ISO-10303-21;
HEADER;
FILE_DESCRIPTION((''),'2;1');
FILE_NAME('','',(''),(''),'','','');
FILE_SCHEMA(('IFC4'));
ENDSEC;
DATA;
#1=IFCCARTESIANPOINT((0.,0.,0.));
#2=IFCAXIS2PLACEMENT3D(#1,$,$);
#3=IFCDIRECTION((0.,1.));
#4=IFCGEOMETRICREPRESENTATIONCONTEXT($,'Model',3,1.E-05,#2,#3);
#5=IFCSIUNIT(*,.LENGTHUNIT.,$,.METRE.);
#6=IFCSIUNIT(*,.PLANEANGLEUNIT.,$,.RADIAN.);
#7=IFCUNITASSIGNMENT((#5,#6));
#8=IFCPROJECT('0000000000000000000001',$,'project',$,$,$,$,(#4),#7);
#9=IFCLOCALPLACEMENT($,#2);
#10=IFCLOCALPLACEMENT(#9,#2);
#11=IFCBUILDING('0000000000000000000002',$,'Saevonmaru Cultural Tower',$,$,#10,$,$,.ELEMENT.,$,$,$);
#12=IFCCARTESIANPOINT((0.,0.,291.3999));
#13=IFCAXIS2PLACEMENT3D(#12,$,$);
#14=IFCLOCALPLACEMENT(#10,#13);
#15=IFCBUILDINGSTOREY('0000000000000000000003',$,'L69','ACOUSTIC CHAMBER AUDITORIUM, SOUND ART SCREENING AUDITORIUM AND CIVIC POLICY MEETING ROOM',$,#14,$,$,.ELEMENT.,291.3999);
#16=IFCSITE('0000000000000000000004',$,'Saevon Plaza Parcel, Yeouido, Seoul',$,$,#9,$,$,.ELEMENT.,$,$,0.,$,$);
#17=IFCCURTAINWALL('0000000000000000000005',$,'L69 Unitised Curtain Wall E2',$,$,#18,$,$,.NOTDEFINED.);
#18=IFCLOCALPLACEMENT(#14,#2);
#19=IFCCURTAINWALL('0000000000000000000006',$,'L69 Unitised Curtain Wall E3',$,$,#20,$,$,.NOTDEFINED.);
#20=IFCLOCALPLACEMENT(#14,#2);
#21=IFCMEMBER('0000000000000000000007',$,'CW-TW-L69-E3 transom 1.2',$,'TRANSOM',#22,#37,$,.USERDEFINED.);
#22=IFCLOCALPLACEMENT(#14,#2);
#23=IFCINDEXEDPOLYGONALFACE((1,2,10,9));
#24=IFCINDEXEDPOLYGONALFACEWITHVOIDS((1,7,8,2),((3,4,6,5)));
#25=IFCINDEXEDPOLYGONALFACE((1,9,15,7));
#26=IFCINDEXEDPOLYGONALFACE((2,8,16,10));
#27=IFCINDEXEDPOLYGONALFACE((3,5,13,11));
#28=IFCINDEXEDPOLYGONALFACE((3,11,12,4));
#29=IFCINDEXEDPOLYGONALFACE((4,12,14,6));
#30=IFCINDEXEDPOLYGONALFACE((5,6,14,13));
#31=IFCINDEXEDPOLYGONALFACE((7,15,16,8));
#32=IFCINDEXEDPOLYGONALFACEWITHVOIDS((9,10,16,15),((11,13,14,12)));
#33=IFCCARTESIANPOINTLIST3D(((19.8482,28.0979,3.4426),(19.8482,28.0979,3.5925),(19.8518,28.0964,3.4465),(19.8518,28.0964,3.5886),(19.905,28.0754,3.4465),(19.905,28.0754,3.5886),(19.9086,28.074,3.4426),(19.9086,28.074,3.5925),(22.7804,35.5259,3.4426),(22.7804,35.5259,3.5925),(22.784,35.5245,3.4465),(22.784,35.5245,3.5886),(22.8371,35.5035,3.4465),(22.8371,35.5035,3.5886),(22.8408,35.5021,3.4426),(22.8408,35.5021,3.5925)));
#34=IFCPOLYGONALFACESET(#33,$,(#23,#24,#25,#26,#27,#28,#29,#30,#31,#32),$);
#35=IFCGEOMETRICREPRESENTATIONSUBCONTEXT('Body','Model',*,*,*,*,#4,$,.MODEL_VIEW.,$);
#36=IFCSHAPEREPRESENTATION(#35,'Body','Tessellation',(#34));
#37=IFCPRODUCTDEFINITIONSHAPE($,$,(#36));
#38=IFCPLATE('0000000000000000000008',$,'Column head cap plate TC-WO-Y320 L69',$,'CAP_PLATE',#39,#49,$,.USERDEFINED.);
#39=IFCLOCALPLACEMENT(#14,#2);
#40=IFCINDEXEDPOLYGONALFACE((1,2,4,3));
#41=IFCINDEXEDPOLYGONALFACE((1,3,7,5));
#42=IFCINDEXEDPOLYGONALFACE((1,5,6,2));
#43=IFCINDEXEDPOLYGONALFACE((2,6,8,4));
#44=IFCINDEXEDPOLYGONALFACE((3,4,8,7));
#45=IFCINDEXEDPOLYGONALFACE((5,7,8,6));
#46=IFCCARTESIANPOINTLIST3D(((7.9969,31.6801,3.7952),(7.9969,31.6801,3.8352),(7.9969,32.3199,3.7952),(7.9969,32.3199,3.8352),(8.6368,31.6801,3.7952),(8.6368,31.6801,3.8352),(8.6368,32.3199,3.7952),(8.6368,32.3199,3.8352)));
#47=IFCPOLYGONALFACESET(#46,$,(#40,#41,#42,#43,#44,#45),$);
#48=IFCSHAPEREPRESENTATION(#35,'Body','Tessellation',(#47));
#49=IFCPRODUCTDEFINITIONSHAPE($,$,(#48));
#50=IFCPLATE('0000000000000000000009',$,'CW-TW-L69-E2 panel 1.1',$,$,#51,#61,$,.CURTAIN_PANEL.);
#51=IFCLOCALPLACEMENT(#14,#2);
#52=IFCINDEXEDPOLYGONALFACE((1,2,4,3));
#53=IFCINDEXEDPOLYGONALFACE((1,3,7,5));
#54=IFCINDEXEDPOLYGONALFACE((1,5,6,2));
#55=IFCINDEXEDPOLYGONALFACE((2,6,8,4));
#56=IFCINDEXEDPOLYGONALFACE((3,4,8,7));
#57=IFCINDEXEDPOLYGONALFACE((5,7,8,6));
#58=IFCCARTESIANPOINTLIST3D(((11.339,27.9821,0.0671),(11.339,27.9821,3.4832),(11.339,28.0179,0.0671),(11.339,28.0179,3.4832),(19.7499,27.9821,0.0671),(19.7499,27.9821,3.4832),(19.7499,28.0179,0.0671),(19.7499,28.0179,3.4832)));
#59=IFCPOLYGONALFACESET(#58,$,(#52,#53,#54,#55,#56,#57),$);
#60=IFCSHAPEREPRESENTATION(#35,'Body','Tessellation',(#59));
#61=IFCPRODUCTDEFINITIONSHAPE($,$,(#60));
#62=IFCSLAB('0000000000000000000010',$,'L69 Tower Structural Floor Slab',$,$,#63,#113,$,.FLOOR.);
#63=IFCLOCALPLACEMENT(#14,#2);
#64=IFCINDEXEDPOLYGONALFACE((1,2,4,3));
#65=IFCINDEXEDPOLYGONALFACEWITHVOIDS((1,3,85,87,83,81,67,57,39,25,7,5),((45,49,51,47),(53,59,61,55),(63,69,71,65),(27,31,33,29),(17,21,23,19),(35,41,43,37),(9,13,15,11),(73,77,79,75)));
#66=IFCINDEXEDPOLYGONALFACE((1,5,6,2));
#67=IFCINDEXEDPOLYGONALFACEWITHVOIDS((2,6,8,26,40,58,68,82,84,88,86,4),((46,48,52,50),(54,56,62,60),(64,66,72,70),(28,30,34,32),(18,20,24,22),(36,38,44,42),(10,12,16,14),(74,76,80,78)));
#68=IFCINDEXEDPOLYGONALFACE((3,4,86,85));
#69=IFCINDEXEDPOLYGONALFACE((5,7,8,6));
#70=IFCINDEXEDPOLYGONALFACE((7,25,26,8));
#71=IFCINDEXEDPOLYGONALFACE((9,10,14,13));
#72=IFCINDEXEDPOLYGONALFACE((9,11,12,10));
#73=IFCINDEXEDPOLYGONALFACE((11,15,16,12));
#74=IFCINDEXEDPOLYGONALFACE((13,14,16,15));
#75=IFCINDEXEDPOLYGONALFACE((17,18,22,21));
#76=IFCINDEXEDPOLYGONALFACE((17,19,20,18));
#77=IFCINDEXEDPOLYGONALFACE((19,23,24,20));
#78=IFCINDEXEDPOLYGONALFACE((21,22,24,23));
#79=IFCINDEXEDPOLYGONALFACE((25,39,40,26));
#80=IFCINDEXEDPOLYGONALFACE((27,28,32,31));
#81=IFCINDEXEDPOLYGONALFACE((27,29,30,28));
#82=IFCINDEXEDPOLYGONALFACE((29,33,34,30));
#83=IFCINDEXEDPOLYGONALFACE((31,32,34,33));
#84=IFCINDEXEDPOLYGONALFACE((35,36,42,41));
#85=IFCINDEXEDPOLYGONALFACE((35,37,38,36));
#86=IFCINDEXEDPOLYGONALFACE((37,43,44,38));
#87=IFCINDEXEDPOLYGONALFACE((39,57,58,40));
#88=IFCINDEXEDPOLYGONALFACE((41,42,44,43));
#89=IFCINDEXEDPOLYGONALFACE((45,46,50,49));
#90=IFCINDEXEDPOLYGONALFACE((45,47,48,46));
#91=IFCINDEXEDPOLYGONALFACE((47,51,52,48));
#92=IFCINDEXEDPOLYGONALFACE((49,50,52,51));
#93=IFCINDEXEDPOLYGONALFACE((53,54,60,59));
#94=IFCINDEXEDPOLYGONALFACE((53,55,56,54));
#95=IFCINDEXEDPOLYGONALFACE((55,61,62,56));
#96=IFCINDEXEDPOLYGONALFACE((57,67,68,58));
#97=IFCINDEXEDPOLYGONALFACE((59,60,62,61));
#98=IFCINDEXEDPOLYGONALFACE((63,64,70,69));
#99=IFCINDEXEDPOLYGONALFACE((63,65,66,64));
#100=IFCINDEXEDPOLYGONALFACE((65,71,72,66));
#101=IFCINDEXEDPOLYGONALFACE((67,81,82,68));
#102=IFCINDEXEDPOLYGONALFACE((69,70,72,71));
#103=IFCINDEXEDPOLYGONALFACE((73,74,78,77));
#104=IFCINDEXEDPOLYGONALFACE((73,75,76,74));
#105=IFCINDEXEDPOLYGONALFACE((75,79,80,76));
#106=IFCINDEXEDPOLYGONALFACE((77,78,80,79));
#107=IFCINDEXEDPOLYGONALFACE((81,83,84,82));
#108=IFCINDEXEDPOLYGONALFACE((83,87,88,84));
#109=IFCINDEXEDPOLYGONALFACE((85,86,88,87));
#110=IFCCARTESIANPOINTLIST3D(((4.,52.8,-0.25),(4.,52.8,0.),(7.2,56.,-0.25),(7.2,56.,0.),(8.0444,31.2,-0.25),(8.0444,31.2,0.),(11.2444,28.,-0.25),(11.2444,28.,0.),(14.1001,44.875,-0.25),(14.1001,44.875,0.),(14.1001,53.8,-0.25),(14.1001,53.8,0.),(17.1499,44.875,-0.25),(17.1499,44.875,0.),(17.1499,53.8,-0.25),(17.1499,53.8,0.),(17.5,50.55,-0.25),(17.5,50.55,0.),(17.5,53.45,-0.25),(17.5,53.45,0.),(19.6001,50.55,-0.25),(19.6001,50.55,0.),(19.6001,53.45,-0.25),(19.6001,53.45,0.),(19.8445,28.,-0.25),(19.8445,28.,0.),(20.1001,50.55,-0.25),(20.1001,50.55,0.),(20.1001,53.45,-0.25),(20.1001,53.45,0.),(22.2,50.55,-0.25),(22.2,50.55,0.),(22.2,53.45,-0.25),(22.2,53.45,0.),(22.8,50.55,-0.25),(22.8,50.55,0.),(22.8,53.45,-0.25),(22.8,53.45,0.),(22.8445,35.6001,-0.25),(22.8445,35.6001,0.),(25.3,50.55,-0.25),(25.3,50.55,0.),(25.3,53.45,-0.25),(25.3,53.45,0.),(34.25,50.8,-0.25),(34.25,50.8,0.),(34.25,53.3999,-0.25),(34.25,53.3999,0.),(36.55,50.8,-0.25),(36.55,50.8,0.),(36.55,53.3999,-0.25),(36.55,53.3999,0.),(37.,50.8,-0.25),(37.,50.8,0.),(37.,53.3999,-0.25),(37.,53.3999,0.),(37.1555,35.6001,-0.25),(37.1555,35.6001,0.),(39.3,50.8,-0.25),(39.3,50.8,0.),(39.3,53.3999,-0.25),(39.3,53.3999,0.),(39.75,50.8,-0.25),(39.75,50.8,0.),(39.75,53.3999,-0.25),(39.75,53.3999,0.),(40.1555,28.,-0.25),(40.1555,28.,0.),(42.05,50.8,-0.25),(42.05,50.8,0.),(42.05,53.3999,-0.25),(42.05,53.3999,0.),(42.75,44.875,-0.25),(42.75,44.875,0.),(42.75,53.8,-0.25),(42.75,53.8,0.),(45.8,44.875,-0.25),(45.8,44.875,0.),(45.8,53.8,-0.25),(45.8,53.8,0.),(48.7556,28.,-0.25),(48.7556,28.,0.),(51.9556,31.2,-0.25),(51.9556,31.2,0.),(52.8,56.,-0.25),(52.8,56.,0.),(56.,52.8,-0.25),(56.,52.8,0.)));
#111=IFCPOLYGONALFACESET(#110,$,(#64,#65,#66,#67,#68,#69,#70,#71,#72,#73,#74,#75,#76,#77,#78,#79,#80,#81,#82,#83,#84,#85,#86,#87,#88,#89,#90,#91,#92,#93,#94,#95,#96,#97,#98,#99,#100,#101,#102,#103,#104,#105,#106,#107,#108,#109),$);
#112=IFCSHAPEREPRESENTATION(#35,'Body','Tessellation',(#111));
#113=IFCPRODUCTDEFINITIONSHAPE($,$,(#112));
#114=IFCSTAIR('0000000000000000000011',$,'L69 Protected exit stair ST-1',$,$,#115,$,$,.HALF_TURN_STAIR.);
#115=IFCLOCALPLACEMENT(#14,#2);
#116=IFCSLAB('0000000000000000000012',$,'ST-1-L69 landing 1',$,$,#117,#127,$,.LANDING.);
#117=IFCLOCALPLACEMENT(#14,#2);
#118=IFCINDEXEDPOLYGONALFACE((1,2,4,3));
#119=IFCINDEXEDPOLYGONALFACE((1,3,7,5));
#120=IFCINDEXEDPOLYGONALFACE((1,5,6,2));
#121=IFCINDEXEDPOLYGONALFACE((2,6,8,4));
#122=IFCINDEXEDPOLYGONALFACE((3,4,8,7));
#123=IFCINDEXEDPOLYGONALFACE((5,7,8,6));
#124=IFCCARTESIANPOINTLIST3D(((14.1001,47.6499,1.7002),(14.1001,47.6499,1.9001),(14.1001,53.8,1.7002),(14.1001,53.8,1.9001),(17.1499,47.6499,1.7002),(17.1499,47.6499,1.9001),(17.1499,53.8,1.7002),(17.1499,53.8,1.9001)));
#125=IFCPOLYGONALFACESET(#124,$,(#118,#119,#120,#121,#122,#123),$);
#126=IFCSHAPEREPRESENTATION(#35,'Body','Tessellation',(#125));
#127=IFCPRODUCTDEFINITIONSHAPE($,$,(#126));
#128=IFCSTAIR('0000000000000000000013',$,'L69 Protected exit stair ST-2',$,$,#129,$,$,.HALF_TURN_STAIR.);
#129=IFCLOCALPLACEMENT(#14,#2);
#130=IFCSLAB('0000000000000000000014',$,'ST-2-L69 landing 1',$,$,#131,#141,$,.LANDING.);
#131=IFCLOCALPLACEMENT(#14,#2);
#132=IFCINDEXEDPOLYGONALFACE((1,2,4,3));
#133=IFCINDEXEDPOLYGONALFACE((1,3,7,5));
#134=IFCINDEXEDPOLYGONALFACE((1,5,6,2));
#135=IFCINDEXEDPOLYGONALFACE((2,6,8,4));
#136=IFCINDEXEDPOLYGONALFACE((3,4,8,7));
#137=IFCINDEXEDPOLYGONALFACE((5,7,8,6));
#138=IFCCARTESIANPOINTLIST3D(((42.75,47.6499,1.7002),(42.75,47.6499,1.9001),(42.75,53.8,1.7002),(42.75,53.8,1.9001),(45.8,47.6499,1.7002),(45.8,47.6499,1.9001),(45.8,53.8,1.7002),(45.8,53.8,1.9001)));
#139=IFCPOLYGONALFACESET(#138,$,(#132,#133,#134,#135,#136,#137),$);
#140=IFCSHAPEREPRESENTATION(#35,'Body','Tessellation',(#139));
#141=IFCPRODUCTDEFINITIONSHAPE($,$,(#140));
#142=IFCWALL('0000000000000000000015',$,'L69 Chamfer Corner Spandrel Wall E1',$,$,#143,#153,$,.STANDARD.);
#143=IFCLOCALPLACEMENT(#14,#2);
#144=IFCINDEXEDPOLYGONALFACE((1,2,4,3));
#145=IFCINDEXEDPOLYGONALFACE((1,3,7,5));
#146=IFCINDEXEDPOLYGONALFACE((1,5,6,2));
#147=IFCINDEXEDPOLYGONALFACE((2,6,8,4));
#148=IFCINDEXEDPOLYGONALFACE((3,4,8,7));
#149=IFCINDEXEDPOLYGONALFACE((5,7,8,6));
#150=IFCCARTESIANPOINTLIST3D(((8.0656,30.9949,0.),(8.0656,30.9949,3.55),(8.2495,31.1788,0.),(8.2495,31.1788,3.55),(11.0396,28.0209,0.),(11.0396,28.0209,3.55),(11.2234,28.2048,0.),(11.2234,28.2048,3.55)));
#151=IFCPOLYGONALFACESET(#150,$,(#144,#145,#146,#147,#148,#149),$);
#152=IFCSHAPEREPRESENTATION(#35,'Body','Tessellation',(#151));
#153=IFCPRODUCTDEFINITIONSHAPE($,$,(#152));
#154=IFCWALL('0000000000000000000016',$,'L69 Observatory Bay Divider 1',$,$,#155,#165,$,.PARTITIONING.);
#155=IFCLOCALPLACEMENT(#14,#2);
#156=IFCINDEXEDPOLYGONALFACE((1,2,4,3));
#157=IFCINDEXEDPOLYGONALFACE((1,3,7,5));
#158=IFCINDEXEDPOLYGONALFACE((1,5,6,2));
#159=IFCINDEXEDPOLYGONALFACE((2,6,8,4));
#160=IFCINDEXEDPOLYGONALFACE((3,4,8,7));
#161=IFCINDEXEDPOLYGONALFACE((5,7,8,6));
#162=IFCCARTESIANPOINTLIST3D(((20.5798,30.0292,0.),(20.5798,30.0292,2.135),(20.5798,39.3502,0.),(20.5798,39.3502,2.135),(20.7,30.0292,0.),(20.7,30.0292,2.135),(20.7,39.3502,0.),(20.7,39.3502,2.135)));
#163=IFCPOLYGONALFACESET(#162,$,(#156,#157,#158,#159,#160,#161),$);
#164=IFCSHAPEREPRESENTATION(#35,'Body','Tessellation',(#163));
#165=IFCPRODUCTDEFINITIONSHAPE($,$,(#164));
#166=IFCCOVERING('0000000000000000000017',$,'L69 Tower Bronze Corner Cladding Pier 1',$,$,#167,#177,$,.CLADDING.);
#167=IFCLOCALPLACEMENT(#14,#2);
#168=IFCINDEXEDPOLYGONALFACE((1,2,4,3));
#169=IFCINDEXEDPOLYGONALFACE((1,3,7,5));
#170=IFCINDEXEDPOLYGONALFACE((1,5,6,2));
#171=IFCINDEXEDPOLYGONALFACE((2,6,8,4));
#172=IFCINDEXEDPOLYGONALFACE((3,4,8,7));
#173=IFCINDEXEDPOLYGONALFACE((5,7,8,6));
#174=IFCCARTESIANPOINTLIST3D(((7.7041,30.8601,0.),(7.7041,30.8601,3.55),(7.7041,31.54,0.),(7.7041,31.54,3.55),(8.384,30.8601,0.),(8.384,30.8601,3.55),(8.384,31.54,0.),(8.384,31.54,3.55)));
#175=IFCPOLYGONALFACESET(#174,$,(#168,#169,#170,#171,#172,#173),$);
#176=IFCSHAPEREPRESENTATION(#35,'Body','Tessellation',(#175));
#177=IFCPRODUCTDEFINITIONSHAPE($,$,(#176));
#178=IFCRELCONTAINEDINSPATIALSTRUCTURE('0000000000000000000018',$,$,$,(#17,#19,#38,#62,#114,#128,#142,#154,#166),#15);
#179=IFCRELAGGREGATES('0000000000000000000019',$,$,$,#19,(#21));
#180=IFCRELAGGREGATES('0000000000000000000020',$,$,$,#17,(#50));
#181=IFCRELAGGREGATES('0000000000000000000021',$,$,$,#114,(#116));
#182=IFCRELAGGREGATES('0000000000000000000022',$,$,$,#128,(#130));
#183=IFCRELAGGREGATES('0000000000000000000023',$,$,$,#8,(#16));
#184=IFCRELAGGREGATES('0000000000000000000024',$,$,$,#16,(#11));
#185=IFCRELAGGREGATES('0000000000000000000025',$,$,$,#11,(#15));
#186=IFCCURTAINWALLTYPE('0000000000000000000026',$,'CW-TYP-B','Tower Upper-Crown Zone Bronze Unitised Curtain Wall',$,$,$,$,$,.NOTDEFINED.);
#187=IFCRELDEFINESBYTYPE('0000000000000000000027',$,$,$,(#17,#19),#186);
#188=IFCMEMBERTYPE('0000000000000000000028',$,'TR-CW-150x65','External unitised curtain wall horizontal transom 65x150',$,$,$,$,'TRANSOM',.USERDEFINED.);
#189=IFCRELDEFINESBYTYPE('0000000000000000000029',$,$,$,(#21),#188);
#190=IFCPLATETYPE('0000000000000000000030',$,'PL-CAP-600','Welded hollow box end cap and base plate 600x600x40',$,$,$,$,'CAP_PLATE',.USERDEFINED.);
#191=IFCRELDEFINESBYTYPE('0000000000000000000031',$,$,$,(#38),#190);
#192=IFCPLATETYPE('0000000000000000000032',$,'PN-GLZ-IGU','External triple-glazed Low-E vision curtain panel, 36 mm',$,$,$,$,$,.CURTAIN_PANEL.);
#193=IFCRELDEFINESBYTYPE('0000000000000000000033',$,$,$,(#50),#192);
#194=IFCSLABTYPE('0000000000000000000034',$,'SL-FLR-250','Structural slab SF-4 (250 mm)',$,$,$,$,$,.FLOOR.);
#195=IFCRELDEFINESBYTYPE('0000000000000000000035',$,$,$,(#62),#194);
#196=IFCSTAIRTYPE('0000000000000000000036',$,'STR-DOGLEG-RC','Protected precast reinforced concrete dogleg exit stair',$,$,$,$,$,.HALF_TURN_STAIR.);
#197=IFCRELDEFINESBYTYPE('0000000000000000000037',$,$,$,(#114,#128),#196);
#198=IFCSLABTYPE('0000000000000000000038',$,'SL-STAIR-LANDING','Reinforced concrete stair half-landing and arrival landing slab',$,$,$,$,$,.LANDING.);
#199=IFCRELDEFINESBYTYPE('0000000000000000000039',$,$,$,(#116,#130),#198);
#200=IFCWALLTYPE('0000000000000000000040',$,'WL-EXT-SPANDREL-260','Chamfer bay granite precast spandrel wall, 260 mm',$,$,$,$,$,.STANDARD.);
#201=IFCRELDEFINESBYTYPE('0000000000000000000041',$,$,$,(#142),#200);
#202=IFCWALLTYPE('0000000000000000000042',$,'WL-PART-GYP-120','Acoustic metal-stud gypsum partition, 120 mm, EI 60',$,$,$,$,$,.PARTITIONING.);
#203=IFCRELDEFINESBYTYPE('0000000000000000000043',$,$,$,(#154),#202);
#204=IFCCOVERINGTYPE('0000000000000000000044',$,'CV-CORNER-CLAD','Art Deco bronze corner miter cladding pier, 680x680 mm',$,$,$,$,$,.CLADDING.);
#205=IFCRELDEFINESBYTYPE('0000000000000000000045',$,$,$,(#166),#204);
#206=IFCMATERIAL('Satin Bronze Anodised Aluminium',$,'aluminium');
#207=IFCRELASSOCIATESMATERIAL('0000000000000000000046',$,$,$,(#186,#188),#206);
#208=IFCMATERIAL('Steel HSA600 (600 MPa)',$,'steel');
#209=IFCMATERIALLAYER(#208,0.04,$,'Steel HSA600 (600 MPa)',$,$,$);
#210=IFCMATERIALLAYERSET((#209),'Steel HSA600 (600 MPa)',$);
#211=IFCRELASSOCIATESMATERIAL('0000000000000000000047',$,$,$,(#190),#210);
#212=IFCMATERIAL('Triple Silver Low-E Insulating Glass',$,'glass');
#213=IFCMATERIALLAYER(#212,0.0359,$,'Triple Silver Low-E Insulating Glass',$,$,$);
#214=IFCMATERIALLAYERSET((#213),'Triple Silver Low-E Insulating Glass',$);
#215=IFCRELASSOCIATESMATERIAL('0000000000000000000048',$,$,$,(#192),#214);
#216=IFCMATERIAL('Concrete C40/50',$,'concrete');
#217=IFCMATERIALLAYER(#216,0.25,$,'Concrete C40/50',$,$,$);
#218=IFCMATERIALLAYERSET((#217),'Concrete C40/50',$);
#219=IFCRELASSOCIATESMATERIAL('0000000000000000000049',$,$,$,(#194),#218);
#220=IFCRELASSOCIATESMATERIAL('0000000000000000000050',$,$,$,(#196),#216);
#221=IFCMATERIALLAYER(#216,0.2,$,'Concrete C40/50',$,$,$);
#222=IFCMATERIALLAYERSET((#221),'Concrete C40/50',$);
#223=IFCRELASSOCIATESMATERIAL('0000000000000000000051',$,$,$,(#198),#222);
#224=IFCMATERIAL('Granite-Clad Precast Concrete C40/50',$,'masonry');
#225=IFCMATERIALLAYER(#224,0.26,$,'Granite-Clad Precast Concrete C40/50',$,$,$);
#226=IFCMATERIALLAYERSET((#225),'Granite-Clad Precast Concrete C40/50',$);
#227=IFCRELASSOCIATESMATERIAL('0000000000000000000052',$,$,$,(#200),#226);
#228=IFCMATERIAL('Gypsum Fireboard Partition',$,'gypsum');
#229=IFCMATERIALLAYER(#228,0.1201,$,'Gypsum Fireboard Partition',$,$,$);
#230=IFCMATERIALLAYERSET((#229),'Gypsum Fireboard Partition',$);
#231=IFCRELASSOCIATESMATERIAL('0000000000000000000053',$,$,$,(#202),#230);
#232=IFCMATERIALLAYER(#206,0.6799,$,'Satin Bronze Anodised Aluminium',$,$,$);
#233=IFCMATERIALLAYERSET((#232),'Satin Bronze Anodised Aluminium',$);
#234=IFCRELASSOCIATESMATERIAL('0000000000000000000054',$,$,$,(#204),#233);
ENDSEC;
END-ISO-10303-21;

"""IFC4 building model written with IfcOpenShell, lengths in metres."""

from ifc_helpers import new_model, si_unit, direction, frame, frame_2d, origin, origin_2d, place, context, subcontext, project, spatial, polyline, rectangle, hollow_rectangle, outline, extrude, material, layer, layer_set, material_profile, profile_set, type_object, element, aggregate, save


model = new_model("IFC4")

# Units and contexts
model_context = context("Model", 3, precision=1e-05, world=origin(), true_north=direction((0.0, 1.0)))
body_context = subcontext(model_context, "Body", "Model", "MODEL_VIEW")
ifc_project = project(units=[si_unit("LENGTHUNIT", "METRE"), si_unit("PLANEANGLEUNIT", "RADIAN")], contexts=[model_context])

# Site, building, storey
site_placement = place(None, origin())
site = spatial("IfcSite", under=ifc_project, at=site_placement, Name="Saevon Plaza Parcel, Yeouido, Seoul", CompositionType="ELEMENT", RefElevation=0.0)
building_placement = place(site_placement, origin())
building = spatial("IfcBuilding", under=site, at=building_placement, Name="Saevonmaru Cultural Tower", CompositionType="ELEMENT")
storey_placement = place(building_placement, frame((0.0, 0.0, 291.3999)))
storey = spatial("IfcBuildingStorey", under=building, at=storey_placement, Name="L69", Description="ACOUSTIC CHAMBER AUDITORIUM, SOUND ART SCREENING AUDITORIUM AND CIVIC POLICY MEETING ROOM", CompositionType="ELEMENT", Elevation=291.3999)

# Shared definitions
ifc_material_1 = material(Name="Steel HSA600 (600 MPa)", Category="steel")

# Curtain wall
ifc_material_2 = material(Name="Satin Bronze Anodised Aluminium", Category="aluminium")
curtain_wall_type = type_object("IfcCurtainWallType", Name="CW-TYP-B", Description="Tower Upper-Crown Zone Bronze Unitised Curtain Wall", PredefinedType="NOTDEFINED", material=ifc_material_2)
curtain_wall_1_placement = place(storey_placement, origin())
curtain_wall_1 = element("IfcCurtainWall", 1, at=curtain_wall_1_placement, inside=storey, type_object=curtain_wall_type, Name="L69 Unitised Curtain Wall E2", PredefinedType="NOTDEFINED")

# Curtain wall
curtain_wall_2_placement = place(storey_placement, origin())
curtain_wall_2 = element("IfcCurtainWall", 2, at=curtain_wall_2_placement, inside=storey, type_object=curtain_wall_type, Name="L69 Unitised Curtain Wall E3", PredefinedType="NOTDEFINED")

# Member
ifc_material_profile_1 = material_profile(ifc_material_2, hollow_rectangle(XDim=0.0649, YDim=0.1499, WallThickness=0.0039, at=origin_2d()), Name="ALU-TRAN-150x65x4")
ifc_profile_set_1 = profile_set([ifc_material_profile_1], Name="Satin Bronze Anodised Aluminium")
member_type_1 = type_object("IfcMemberType", Name="TR-CW-150x65", Description="External unitised curtain wall horizontal transom 65x150", ElementType="TRANSOM", PredefinedType="USERDEFINED", material=ifc_profile_set_1)
member_1_placement = place(storey_placement, frame((19.8784, 28.0859, 3.5176), z_axis=(0.36717, 0.930154, 0.0), x_axis=(-0.930154, 0.36717, 0.0)))
member_1 = element("IfcMember", 3, at=member_1_placement, type_object=member_type_1, Name="CW-TW-L69-E3 transom 1.2", ObjectType="TRANSOM", PredefinedType="USERDEFINED", context=body_context, shape_type="SweptSolid", body=[
    extrude(hollow_rectangle(XDim=0.0649, YDim=0.1499, WallThickness=0.0039, at=origin_2d()), origin(), (0.0, 0.0, 1.0), 7.9858),
])
aggregate(curtain_wall_2, [member_1])

# Plates
ifc_layer_1 = layer(ifc_material_1, 0.04, Name="Steel HSA600 (600 MPa)")
ifc_layer_set_1 = layer_set([ifc_layer_1], Name="Steel HSA600 (600 MPa)")
plate_type_1 = type_object("IfcPlateType", Name="PL-CAP-600", Description="Welded hollow box end cap and base plate 600x600x40", ElementType="CAP_PLATE", PredefinedType="USERDEFINED", material=ifc_layer_set_1)
plate_1_placement = place(storey_placement, frame((8.3169, 32.0, 3.7952), z_axis=(0.0, 0.0, 1.0), x_axis=(1.0, 0.0, 0.0)))
element("IfcPlate", 4, at=plate_1_placement, inside=storey, type_object=plate_type_1, Name="Column head cap plate TC-WO-Y320 L69", ObjectType="CAP_PLATE", PredefinedType="USERDEFINED", context=body_context, shape_type="SweptSolid", body=[
    extrude(rectangle(XDim=0.6399, YDim=0.6399, at=origin_2d()), origin(), (0.0, 0.0, 1.0), 0.04),
])
ifc_material_3 = material(Name="Triple Silver Low-E Insulating Glass", Category="glass")
ifc_layer_2 = layer(ifc_material_3, 0.0359, Name="Triple Silver Low-E Insulating Glass")
ifc_layer_set_2 = layer_set([ifc_layer_2], Name="Triple Silver Low-E Insulating Glass")
plate_type_2 = type_object("IfcPlateType", Name="PN-GLZ-IGU", Description="External triple-glazed Low-E vision curtain panel, 36 mm", PredefinedType="CURTAIN_PANEL", material=ifc_layer_set_2)
plate_2_placement = place(storey_placement, frame((15.5444, 28.0, 0.0671), z_axis=(0.0, 0.0, 1.0), x_axis=(1.0, 0.0, 0.0)))
plate_2 = element("IfcPlate", 5, at=plate_2_placement, type_object=plate_type_2, Name="CW-TW-L69-E2 panel 1.1", PredefinedType="CURTAIN_PANEL", context=body_context, shape_type="SweptSolid", body=[
    extrude(rectangle(XDim=8.4109, YDim=0.0359, at=origin_2d()), origin(), (0.0, 0.0, 1.0), 3.416),
])
aggregate(curtain_wall_1, [plate_2])

# Slab
ifc_material_4 = material(Name="Concrete C40/50", Category="concrete")
ifc_layer_3 = layer(ifc_material_4, 0.25, Name="Concrete C40/50")
ifc_layer_set_3 = layer_set([ifc_layer_3], Name="Concrete C40/50")
slab_type_1 = type_object("IfcSlabType", Name="SL-FLR-250", Description="Structural slab SF-4 (250 mm)", PredefinedType="FLOOR", material=ifc_layer_set_3)
slab_1_placement = place(storey_placement, frame((0.0, 0.0, -0.25)))
element("IfcSlab", 6, at=slab_1_placement, inside=storey, type_object=slab_type_1, Name="L69 Tower Structural Floor Slab", PredefinedType="FLOOR", context=body_context, shape_type="SweptSolid", body=[
    extrude(outline(polyline([(8.0444, 31.2), (11.2444, 28.0), (19.8445, 28.0), (22.8445, 35.6001), (37.1555, 35.6001), (40.1555, 28.0), (48.7556, 28.0), (51.9556, 31.2), (56.0, 52.8), (52.8, 56.0), (7.2, 56.0), (4.0, 52.8), (8.0444, 31.2)]), holes=[polyline([(45.8, 53.8), (45.8, 44.875), (42.75, 44.875), (42.75, 53.8), (45.8, 53.8)]), polyline([(42.05, 50.8), (39.75, 50.8), (39.75, 53.3999), (42.05, 53.3999), (42.05, 50.8)]), polyline([(39.3, 50.8), (37.0, 50.8), (37.0, 53.3999), (39.3, 53.3999), (39.3, 50.8)]), polyline([(36.55, 50.8), (34.25, 50.8), (34.25, 53.3999), (36.55, 53.3999), (36.55, 50.8)]), polyline([(25.3, 50.55), (22.8, 50.55), (22.8, 53.45), (25.3, 53.45), (25.3, 50.55)]), polyline([(22.2, 50.55), (20.1001, 50.55), (20.1001, 53.45), (22.2, 53.45), (22.2, 50.55)]), polyline([(19.6001, 50.55), (17.5, 50.55), (17.5, 53.45), (19.6001, 53.45), (19.6001, 50.55)]), polyline([(17.1499, 53.8), (17.1499, 44.875), (14.1001, 44.875), (14.1001, 53.8), (17.1499, 53.8)])]), origin(), (0.0, 0.0, 1.0), 0.25),
])

# Stairs, slabs
stair_type = type_object("IfcStairType", Name="STR-DOGLEG-RC", Description="Protected precast reinforced concrete dogleg exit stair", PredefinedType="HALF_TURN_STAIR", material=ifc_material_4)
stair_1_placement = place(storey_placement, origin())
stair_1 = element("IfcStair", 7, at=stair_1_placement, inside=storey, type_object=stair_type, Name="L69 Protected exit stair ST-1", PredefinedType="HALF_TURN_STAIR")
ifc_layer_4 = layer(ifc_material_4, 0.2, Name="Concrete C40/50")
ifc_layer_set_4 = layer_set([ifc_layer_4], Name="Concrete C40/50")
slab_type_2 = type_object("IfcSlabType", Name="SL-STAIR-LANDING", Description="Reinforced concrete stair half-landing and arrival landing slab", PredefinedType="LANDING", material=ifc_layer_set_4)
slab_2_placement = place(storey_placement, frame((0.0, 0.0, 1.7002)))
slab_2 = element("IfcSlab", 8, at=slab_2_placement, type_object=slab_type_2, Name="ST-1-L69 landing 1", PredefinedType="LANDING", context=body_context, shape_type="SweptSolid", body=[
    extrude(outline(polyline([(17.1499, 47.6499), (17.1499, 53.8), (14.1001, 53.8), (14.1001, 47.6499), (17.1499, 47.6499)])), origin(), (0.0, 0.0, 1.0), 0.2),
])
aggregate(stair_1, [slab_2])
stair_2_placement = place(storey_placement, origin())
stair_2 = element("IfcStair", 9, at=stair_2_placement, inside=storey, type_object=stair_type, Name="L69 Protected exit stair ST-2", PredefinedType="HALF_TURN_STAIR")
slab_3_placement = place(storey_placement, frame((0.0, 0.0, 1.7002)))
slab_3 = element("IfcSlab", 10, at=slab_3_placement, type_object=slab_type_2, Name="ST-2-L69 landing 1", PredefinedType="LANDING", context=body_context, shape_type="SweptSolid", body=[
    extrude(outline(polyline([(45.8, 47.6499), (45.8, 53.8), (42.75, 53.8), (42.75, 47.6499), (45.8, 47.6499)])), origin(), (0.0, 0.0, 1.0), 0.2),
])
aggregate(stair_2, [slab_3])

# Walls
ifc_material_5 = material(Name="Granite-Clad Precast Concrete C40/50", Category="masonry")
ifc_layer_5 = layer(ifc_material_5, 0.26, Name="Granite-Clad Precast Concrete C40/50")
ifc_layer_set_5 = layer_set([ifc_layer_5], Name="Granite-Clad Precast Concrete C40/50")
wall_type_1 = type_object("IfcWallType", Name="WL-EXT-SPANDREL-260", Description="Chamfer bay granite precast spandrel wall, 260 mm", PredefinedType="STANDARD", material=ifc_layer_set_5)
wall_1_placement = place(storey_placement, frame((8.1575, 31.0869, 0.0), z_axis=(0.0, 0.0, 1.0), x_axis=(0.707107, -0.707107, 0.0)))
element("IfcWall", 11, at=wall_1_placement, inside=storey, type_object=wall_type_1, Name="L69 Chamfer Corner Spandrel Wall E1", PredefinedType="STANDARD", context=body_context, shape_type="SweptSolid", body=[
    extrude(rectangle(XDim=4.2058, YDim=0.26, at=frame_2d((2.103, 0.0))), origin(), (0.0, 0.0, 1.0), 3.55),
])
ifc_material_6 = material(Name="Gypsum Fireboard Partition", Category="gypsum")
ifc_layer_6 = layer(ifc_material_6, 0.1201, Name="Gypsum Fireboard Partition")
ifc_layer_set_6 = layer_set([ifc_layer_6], Name="Gypsum Fireboard Partition")
wall_type_2 = type_object("IfcWallType", Name="WL-PART-GYP-120", Description="Acoustic metal-stud gypsum partition, 120 mm, EI 60", PredefinedType="PARTITIONING", material=ifc_layer_set_6)
wall_2_placement = place(storey_placement, frame((20.6399, 30.0291, 0.0), z_axis=(0.0, 0.0, 1.0), x_axis=(0.0, 1.0, 0.0)))
element("IfcWall", 12, at=wall_2_placement, inside=storey, type_object=wall_type_2, Name="L69 Observatory Bay Divider 1", PredefinedType="PARTITIONING", context=body_context, shape_type="SweptSolid", body=[
    extrude(rectangle(XDim=9.321, YDim=0.1201, at=frame_2d((4.6606, 0.0))), origin(), (0.0, 0.0, 1.0), 2.135),
])

# Covering
ifc_layer_7 = layer(ifc_material_2, 0.6799, Name="Satin Bronze Anodised Aluminium")
ifc_layer_set_7 = layer_set([ifc_layer_7], Name="Satin Bronze Anodised Aluminium")
covering_type = type_object("IfcCoveringType", Name="CV-CORNER-CLAD", Description="Art Deco bronze corner miter cladding pier, 680x680 mm", PredefinedType="CLADDING", material=ifc_layer_set_7)
covering_1_placement = place(storey_placement, origin())
element("IfcCovering", 13, at=covering_1_placement, inside=storey, type_object=covering_type, Name="L69 Tower Bronze Corner Cladding Pier 1", PredefinedType="CLADDING", context=body_context, shape_type="SweptSolid", body=[
    extrude(outline(polyline([(7.7041, 30.8601), (8.384, 30.8601), (8.384, 31.54), (7.7041, 31.54), (7.7041, 30.8601)])), origin(), (0.0, 0.0, 1.0), 3.55),
])

save(model, "model.ifc")
